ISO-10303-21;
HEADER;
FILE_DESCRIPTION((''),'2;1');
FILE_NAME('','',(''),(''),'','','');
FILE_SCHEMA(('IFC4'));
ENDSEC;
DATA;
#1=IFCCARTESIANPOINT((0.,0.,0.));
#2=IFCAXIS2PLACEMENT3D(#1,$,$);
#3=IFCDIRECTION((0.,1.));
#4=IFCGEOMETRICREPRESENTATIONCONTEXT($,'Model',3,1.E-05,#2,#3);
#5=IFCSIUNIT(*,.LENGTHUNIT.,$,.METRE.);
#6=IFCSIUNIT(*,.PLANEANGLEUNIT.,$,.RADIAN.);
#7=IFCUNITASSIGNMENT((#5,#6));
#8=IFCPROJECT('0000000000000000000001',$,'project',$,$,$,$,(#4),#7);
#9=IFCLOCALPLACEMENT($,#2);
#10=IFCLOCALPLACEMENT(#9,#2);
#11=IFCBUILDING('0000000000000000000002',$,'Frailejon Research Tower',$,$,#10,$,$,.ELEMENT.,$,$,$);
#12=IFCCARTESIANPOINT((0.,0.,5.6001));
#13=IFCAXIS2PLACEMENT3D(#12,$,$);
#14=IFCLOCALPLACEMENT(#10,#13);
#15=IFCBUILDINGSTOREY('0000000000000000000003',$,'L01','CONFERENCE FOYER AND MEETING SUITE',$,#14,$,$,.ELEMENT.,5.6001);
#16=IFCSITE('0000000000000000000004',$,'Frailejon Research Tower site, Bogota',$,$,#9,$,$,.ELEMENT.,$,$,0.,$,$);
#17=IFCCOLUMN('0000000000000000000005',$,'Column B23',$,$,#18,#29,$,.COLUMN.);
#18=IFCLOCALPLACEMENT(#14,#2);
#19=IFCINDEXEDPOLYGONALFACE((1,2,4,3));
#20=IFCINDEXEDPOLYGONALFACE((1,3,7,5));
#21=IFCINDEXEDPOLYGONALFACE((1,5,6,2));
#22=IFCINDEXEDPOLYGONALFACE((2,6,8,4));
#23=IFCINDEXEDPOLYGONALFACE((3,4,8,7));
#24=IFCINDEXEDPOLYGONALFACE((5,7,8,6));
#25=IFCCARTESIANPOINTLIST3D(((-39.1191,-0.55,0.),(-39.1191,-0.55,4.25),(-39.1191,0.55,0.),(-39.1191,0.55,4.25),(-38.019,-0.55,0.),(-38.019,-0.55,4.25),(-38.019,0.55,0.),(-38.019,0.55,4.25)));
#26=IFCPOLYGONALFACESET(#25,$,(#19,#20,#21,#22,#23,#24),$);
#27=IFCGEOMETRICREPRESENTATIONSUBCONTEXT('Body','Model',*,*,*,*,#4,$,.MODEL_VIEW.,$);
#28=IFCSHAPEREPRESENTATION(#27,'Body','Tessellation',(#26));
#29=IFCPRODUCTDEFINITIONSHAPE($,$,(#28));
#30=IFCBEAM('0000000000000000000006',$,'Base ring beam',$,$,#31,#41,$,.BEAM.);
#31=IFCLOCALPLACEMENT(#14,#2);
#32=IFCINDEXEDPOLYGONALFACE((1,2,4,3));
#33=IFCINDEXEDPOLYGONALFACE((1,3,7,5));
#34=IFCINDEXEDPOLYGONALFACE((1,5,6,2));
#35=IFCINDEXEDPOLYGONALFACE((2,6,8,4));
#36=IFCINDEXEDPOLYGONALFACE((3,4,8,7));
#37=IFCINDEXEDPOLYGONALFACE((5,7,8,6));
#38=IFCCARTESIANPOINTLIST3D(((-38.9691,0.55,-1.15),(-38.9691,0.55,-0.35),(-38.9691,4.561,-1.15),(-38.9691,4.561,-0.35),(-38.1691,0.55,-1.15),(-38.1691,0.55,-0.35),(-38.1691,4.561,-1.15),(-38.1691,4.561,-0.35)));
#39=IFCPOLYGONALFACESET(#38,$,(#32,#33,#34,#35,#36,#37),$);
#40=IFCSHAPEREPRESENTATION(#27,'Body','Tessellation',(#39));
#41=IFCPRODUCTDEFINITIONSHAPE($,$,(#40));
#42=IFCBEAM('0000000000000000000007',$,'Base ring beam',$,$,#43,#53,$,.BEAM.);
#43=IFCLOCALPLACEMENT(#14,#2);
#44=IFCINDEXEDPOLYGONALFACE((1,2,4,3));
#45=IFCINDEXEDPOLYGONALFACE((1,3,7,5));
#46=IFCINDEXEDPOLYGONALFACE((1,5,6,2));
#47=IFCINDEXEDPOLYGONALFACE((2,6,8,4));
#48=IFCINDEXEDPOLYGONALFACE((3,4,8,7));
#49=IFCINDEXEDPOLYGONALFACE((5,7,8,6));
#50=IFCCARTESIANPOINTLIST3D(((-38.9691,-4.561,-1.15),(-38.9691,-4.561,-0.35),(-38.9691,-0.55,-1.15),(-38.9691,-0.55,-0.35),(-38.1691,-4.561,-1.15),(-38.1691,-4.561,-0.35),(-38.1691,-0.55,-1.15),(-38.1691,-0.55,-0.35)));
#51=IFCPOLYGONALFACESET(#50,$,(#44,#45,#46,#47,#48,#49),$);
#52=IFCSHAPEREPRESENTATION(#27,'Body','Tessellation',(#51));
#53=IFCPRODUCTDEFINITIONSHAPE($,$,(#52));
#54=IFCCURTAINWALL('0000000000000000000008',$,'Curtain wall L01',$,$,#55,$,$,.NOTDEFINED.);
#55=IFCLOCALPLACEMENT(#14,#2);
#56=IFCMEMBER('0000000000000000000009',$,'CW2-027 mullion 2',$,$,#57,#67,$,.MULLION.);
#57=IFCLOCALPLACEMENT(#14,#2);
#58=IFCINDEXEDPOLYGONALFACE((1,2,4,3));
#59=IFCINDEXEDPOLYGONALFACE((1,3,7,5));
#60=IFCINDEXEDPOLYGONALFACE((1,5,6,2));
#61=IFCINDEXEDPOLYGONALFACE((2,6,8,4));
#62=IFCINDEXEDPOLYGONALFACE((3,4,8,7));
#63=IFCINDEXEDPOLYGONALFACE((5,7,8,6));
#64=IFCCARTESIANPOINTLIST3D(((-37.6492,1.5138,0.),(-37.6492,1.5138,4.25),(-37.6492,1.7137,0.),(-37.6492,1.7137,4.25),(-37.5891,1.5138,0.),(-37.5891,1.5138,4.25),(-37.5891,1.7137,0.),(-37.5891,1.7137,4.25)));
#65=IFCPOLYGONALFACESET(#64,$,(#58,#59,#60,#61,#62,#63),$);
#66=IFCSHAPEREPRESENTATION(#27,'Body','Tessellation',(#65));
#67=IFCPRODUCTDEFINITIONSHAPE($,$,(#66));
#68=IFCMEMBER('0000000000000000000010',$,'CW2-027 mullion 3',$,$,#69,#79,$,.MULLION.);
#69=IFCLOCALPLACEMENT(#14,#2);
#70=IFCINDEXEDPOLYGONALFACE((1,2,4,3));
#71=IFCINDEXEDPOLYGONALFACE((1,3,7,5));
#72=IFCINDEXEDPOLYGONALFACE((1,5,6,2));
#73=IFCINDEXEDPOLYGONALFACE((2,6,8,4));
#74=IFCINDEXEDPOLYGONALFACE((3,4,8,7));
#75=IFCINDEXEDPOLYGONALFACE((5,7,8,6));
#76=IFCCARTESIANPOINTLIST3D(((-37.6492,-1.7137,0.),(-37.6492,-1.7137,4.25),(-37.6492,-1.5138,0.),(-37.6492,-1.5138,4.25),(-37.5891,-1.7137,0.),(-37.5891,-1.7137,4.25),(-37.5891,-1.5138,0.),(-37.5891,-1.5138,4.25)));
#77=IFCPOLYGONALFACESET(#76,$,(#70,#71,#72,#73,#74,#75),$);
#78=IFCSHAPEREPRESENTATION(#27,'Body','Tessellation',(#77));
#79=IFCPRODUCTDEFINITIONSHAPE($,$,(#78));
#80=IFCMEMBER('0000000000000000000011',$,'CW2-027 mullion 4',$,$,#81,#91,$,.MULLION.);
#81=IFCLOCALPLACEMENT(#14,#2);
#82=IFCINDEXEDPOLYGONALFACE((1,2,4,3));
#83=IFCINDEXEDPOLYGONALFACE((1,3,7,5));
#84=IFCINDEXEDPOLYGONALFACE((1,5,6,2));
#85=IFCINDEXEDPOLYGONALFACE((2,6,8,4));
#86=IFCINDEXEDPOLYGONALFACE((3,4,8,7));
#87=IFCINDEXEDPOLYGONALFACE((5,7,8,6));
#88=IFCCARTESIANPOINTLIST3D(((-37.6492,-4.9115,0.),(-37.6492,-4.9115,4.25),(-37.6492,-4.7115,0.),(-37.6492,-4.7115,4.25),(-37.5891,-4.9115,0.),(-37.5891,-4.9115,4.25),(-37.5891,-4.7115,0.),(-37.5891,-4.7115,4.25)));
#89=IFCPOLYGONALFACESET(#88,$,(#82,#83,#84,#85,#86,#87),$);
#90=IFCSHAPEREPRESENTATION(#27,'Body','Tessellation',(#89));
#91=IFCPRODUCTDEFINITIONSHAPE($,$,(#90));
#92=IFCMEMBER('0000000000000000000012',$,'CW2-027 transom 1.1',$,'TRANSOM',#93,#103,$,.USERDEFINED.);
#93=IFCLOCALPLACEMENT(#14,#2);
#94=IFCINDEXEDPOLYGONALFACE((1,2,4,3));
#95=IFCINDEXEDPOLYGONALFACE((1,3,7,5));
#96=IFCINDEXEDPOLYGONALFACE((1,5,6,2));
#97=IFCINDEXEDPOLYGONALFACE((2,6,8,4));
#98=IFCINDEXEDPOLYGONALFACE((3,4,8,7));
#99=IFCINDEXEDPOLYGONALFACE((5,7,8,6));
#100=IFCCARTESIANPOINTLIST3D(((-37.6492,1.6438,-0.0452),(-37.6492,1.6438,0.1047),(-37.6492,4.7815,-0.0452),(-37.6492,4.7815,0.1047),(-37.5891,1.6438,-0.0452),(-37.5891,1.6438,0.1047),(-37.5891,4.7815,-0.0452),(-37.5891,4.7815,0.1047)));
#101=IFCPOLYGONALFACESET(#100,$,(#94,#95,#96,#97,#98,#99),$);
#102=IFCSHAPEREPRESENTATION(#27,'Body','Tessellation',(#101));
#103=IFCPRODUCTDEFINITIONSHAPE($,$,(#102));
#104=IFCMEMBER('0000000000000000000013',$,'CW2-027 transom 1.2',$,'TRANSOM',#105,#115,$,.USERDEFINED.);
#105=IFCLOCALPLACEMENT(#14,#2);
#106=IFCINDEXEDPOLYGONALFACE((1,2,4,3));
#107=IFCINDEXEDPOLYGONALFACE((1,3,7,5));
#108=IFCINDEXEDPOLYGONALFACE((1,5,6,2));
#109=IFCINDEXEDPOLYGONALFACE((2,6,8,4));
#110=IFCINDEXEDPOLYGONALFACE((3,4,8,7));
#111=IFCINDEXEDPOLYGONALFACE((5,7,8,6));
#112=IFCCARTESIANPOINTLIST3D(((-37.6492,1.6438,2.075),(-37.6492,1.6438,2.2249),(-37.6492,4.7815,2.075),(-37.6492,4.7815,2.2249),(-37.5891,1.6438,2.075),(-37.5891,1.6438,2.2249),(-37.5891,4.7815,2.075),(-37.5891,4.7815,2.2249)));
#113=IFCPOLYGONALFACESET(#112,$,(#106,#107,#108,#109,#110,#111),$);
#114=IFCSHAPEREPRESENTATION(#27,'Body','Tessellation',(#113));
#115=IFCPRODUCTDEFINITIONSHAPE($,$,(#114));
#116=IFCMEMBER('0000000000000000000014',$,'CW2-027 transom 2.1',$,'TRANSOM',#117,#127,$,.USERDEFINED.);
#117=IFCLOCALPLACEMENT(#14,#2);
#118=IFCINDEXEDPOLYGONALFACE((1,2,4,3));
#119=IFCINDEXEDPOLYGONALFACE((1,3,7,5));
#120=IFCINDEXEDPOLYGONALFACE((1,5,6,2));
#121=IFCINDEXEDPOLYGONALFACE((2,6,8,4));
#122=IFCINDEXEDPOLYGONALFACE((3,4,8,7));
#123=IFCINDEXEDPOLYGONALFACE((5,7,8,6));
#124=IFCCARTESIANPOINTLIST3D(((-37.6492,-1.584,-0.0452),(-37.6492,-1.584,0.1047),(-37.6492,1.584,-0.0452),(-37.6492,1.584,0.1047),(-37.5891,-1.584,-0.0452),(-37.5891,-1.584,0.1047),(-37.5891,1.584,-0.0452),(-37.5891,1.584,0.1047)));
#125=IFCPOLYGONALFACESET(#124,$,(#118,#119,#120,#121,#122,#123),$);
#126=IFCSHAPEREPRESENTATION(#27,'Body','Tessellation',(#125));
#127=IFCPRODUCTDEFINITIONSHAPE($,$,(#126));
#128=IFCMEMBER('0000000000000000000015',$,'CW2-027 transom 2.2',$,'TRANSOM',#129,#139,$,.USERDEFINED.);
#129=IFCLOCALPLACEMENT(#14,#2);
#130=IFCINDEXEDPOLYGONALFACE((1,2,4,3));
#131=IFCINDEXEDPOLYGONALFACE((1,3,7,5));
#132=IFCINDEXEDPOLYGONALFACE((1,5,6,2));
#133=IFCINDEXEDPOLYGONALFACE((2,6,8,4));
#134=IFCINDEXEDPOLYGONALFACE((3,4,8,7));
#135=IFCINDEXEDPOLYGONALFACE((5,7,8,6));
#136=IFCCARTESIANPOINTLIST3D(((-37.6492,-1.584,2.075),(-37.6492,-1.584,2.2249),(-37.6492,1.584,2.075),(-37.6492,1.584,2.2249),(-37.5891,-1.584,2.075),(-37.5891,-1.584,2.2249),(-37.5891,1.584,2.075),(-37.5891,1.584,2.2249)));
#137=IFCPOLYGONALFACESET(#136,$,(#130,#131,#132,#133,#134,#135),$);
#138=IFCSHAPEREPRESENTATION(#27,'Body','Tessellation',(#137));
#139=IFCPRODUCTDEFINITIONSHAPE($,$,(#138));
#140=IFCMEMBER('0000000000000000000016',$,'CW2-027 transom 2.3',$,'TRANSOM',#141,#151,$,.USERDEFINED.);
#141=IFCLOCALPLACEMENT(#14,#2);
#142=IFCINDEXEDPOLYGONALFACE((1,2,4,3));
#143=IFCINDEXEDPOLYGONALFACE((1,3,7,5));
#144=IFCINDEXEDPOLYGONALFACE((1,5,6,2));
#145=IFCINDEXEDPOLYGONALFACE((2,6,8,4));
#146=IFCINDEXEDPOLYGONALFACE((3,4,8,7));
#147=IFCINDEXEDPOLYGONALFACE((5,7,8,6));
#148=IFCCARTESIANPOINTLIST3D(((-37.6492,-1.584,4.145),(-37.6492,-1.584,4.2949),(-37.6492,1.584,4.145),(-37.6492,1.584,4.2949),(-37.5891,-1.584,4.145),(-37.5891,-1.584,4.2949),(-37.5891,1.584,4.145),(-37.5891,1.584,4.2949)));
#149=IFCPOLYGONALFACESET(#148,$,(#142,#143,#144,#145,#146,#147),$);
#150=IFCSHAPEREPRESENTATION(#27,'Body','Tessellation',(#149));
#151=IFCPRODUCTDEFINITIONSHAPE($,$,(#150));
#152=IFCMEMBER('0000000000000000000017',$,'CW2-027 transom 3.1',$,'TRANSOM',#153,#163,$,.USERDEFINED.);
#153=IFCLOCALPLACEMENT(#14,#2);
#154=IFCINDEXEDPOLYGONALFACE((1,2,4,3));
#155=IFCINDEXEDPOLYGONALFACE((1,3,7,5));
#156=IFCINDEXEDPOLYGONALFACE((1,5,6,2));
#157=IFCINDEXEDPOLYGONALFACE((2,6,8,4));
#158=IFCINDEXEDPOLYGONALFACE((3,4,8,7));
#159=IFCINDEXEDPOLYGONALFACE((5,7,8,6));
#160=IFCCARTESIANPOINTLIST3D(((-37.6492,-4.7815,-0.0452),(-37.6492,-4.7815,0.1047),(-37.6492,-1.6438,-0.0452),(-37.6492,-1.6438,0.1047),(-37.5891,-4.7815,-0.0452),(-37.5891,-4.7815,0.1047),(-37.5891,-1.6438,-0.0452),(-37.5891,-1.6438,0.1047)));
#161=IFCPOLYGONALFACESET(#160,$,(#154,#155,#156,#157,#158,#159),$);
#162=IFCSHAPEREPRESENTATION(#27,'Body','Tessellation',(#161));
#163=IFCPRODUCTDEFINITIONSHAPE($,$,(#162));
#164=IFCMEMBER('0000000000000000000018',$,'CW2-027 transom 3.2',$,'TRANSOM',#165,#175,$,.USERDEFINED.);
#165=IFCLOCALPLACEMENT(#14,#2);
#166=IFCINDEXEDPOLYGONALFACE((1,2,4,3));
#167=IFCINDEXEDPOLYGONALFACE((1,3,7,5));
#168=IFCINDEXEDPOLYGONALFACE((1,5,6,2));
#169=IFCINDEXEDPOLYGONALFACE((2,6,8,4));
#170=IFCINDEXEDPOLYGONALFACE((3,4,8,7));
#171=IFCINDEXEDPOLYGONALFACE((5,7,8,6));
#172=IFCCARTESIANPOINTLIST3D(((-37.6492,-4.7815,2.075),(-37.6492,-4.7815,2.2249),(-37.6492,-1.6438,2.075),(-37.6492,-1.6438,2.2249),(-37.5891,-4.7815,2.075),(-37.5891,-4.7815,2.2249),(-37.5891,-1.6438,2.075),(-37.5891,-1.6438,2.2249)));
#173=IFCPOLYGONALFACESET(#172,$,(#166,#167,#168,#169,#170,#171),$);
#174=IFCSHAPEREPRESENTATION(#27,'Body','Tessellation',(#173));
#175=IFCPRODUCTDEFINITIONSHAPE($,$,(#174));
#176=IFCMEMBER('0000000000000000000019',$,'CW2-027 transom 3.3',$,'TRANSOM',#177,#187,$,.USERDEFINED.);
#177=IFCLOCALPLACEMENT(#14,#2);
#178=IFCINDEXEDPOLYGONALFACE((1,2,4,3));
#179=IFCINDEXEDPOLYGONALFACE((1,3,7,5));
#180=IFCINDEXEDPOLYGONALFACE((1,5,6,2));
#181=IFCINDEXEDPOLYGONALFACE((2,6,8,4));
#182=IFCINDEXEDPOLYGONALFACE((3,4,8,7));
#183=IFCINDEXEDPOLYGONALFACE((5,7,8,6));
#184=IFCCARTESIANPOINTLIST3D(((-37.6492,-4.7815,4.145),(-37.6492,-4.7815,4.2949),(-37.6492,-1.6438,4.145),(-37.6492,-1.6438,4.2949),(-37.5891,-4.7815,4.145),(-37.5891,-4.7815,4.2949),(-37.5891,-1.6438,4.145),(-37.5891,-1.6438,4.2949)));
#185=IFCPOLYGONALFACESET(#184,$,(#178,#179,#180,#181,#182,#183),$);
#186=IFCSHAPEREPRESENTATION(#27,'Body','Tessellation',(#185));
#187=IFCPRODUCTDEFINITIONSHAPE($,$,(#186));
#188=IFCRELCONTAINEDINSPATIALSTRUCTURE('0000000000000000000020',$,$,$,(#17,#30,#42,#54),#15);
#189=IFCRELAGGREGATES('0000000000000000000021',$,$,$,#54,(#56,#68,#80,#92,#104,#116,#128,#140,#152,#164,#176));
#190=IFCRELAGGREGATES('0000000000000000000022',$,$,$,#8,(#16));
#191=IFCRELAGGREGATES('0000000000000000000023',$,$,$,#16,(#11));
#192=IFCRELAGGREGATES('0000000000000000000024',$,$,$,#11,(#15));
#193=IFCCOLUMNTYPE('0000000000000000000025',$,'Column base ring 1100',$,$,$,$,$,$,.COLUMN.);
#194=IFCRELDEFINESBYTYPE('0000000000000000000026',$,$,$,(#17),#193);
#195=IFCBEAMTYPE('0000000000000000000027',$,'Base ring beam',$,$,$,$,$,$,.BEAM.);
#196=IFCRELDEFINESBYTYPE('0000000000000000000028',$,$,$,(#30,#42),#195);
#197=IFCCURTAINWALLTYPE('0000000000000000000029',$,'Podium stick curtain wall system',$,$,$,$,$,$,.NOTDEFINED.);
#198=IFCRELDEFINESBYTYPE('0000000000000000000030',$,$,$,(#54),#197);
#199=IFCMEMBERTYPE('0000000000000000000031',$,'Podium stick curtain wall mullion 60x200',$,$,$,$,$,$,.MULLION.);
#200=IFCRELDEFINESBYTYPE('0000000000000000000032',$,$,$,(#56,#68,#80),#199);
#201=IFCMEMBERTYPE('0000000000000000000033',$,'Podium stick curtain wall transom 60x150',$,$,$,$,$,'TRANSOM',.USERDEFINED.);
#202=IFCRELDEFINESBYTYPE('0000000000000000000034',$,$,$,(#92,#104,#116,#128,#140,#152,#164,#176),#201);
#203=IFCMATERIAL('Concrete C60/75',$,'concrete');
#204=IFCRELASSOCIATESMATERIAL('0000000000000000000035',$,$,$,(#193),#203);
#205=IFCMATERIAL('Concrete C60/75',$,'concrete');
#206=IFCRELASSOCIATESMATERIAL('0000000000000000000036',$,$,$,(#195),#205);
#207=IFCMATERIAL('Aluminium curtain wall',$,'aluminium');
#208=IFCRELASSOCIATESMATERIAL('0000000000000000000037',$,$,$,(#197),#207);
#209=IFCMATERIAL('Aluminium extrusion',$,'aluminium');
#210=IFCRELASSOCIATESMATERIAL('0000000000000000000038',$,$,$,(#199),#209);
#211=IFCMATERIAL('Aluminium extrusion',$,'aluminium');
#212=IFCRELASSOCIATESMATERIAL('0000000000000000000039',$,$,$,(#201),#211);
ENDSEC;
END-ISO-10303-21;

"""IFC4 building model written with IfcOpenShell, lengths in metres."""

from ifc_helpers import new_model, si_unit, direction, frame, origin, origin_2d, place, context, subcontext, project, spatial, rectangle, extrude, material, material_profile, profile_set, type_object, element, aggregate, save


model = new_model("IFC4")

# Units and contexts
model_context = context("Model", 3, precision=1e-05, world=origin(), true_north=direction((0.0, 1.0)))
body_context = subcontext(model_context, "Body", "Model", "MODEL_VIEW")
ifc_project = project(units=[si_unit("LENGTHUNIT", "METRE"), si_unit("PLANEANGLEUNIT", "RADIAN")], contexts=[model_context])

# Site, building, storey
site_placement = place(None, origin())
site = spatial("IfcSite", under=ifc_project, at=site_placement, Name="Frailejon Research Tower site, Bogota", CompositionType="ELEMENT", RefElevation=0.0)
building_placement = place(site_placement, origin())
building = spatial("IfcBuilding", under=site, at=building_placement, Name="Frailejon Research Tower", CompositionType="ELEMENT")
storey_placement = place(building_placement, frame((0.0, 0.0, 5.6001)))
storey = spatial("IfcBuildingStorey", under=building, at=storey_placement, Name="L01", Description="CONFERENCE FOYER AND MEETING SUITE", CompositionType="ELEMENT", Elevation=5.6001)

# Column
ifc_material_1 = material(Name="Concrete C60/75", Category="concrete")
ifc_material_profile_1 = material_profile(ifc_material_1, rectangle(XDim=1.1001, YDim=1.1001, at=origin_2d()), Name="Column base ring 1100")
ifc_profile_set_1 = profile_set([ifc_material_profile_1], Name="Concrete C60/75")
column_type = type_object("IfcColumnType", Name="Column base ring 1100", PredefinedType="COLUMN", material=ifc_profile_set_1)
column_placement = place(storey_placement, frame((-38.5691, 0.0, 0.0), z_axis=(0.0, 0.0, 1.0), x_axis=(0.0, -1.0, 0.0)))
element("IfcColumn", 1, at=column_placement, inside=storey, type_object=column_type, Name="Column B23", PredefinedType="COLUMN", context=body_context, shape_type="SweptSolid", body=[
    extrude(rectangle(XDim=1.1001, YDim=1.1001, at=origin_2d()), origin(), (0.0, 0.0, 1.0), 4.25),
])

# Beams
ifc_material_2 = material(Name="Concrete C60/75", Category="concrete")
ifc_material_profile_2 = material_profile(ifc_material_2, rectangle(XDim=0.8, YDim=0.8, at=origin_2d()), Name="Base ring beam")
ifc_profile_set_2 = profile_set([ifc_material_profile_2], Name="Concrete C60/75")
beam_type = type_object("IfcBeamType", Name="Base ring beam", PredefinedType="BEAM", material=ifc_profile_set_2)
for number, where, z_axis, x_axis, name in (
    (2, (-38.5691, 4.561, -0.75), (0.0, -1.0, 0.0), (1.0, 0.0, 0.0), "Base ring beam"),
    (3, (-38.5691, -0.55, -0.75), (0.0, -1.0, 0.0), (1.0, 0.0, 0.0), "Base ring beam"),
):
    element("IfcBeam", number, at=place(storey_placement, frame(where, z_axis=z_axis, x_axis=x_axis)), inside=storey, type_object=beam_type, Name=name, PredefinedType="BEAM", context=body_context, shape_type="SweptSolid", body=[
        extrude(rectangle(XDim=0.8, YDim=0.8, at=origin_2d()), origin(), (0.0, 0.0, 1.0), 4.011),
    ])

# Curtain wall, members
ifc_material_3 = material(Name="Aluminium curtain wall", Category="aluminium")
curtain_wall_type = type_object("IfcCurtainWallType", Name="Podium stick curtain wall system", PredefinedType="NOTDEFINED", material=ifc_material_3)
curtain_wall_placement = place(storey_placement, origin())
curtain_wall = element("IfcCurtainWall", 4, at=curtain_wall_placement, inside=storey, type_object=curtain_wall_type, Name="Curtain wall L01", PredefinedType="NOTDEFINED")
ifc_material_4 = material(Name="Aluminium extrusion", Category="aluminium")
ifc_material_profile_3 = material_profile(ifc_material_4, rectangle(XDim=0.0601, YDim=0.2, at=origin_2d()), Name="Podium stick curtain wall mullion 60x200")
ifc_profile_set_3 = profile_set([ifc_material_profile_3], Name="Aluminium extrusion")
member_type_1 = type_object("IfcMemberType", Name="Podium stick curtain wall mullion 60x200", PredefinedType="MULLION", material=ifc_profile_set_3)
member_1_placement = place(storey_placement, frame((-37.6191, 1.6138, 0.0), z_axis=(0.0, 0.0, 1.0), x_axis=(1.0, 0.0, 0.0)))
member_1 = element("IfcMember", 5, at=member_1_placement, type_object=member_type_1, Name="CW2-027 mullion 2", PredefinedType="MULLION", context=body_context, shape_type="SweptSolid", body=[
    extrude(rectangle(XDim=0.0601, YDim=0.2, at=origin_2d()), origin(), (0.0, 0.0, 1.0), 4.25),
])
member_2_placement = place(storey_placement, frame((-37.6191, -1.6138, 0.0), z_axis=(0.0, 0.0, 1.0), x_axis=(1.0, 0.0, 0.0)))
member_2 = element("IfcMember", 6, at=member_2_placement, type_object=member_type_1, Name="CW2-027 mullion 3", PredefinedType="MULLION", context=body_context, shape_type="SweptSolid", body=[
    extrude(rectangle(XDim=0.0601, YDim=0.2, at=origin_2d()), origin(), (0.0, 0.0, 1.0), 4.25),
])
member_3_placement = place(storey_placement, frame((-37.6191, -4.8115, 0.0), z_axis=(0.0, 0.0, 1.0), x_axis=(1.0, 0.0, 0.0)))
member_3 = element("IfcMember", 7, at=member_3_placement, type_object=member_type_1, Name="CW2-027 mullion 4", PredefinedType="MULLION", context=body_context, shape_type="SweptSolid", body=[
    extrude(rectangle(XDim=0.0601, YDim=0.2, at=origin_2d()), origin(), (0.0, 0.0, 1.0), 4.25),
])
ifc_material_5 = material(Name="Aluminium extrusion", Category="aluminium")
ifc_material_profile_4 = material_profile(ifc_material_5, rectangle(XDim=0.0601, YDim=0.1499, at=origin_2d()), Name="Podium stick curtain wall transom 60x150")
ifc_profile_set_4 = profile_set([ifc_material_profile_4], Name="Aluminium extrusion")
member_type_2 = type_object("IfcMemberType", Name="Podium stick curtain wall transom 60x150", ElementType="TRANSOM", PredefinedType="USERDEFINED", material=ifc_profile_set_4)
member_4_placement = place(storey_placement, frame((-37.6191, 4.7815, 0.0298), z_axis=(0.0, -1.0, 0.0), x_axis=(1.0, 0.0, 0.0)))
member_4 = element("IfcMember", 8, at=member_4_placement, type_object=member_type_2, Name="CW2-027 transom 1.1", ObjectType="TRANSOM", PredefinedType="USERDEFINED", context=body_context, shape_type="SweptSolid", body=[
    extrude(rectangle(XDim=0.0601, YDim=0.1499, at=origin_2d()), origin(), (0.0, 0.0, 1.0), 3.1377),
])
member_5_placement = place(storey_placement, frame((-37.6191, 4.7815, 2.1499), z_axis=(0.0, -1.0, 0.0), x_axis=(1.0, 0.0, 0.0)))
member_5 = element("IfcMember", 9, at=member_5_placement, type_object=member_type_2, Name="CW2-027 transom 1.2", ObjectType="TRANSOM", PredefinedType="USERDEFINED", context=body_context, shape_type="SweptSolid", body=[
    extrude(rectangle(XDim=0.0601, YDim=0.1499, at=origin_2d()), origin(), (0.0, 0.0, 1.0), 3.1377),
])
member_6_placement = place(storey_placement, frame((-37.6191, 1.584, 0.0298), z_axis=(0.0, -1.0, 0.0), x_axis=(1.0, 0.0, 0.0)))
member_6 = element("IfcMember", 10, at=member_6_placement, type_object=member_type_2, Name="CW2-027 transom 2.1", ObjectType="TRANSOM", PredefinedType="USERDEFINED", context=body_context, shape_type="SweptSolid", body=[
    extrude(rectangle(XDim=0.0601, YDim=0.1499, at=origin_2d()), origin(), (0.0, 0.0, 1.0), 3.168),
])
member_7_placement = place(storey_placement, frame((-37.6191, 1.584, 2.1499), z_axis=(0.0, -1.0, 0.0), x_axis=(1.0, 0.0, 0.0)))
member_7 = element("IfcMember", 11, at=member_7_placement, type_object=member_type_2, Name="CW2-027 transom 2.2", ObjectType="TRANSOM", PredefinedType="USERDEFINED", context=body_context, shape_type="SweptSolid", body=[
    extrude(rectangle(XDim=0.0601, YDim=0.1499, at=origin_2d()), origin(), (0.0, 0.0, 1.0), 3.168),
])
member_8_placement = place(storey_placement, frame((-37.6191, 1.584, 4.22), z_axis=(0.0, -1.0, 0.0), x_axis=(1.0, 0.0, 0.0)))
member_8 = element("IfcMember", 12, at=member_8_placement, type_object=member_type_2, Name="CW2-027 transom 2.3", ObjectType="TRANSOM", PredefinedType="USERDEFINED", context=body_context, shape_type="SweptSolid", body=[
    extrude(rectangle(XDim=0.0601, YDim=0.1499, at=origin_2d()), origin(), (0.0, 0.0, 1.0), 3.168),
])
member_9_placement = place(storey_placement, frame((-37.6191, -1.6438, 0.0298), z_axis=(0.0, -1.0, 0.0), x_axis=(1.0, 0.0, 0.0)))
member_9 = element("IfcMember", 13, at=member_9_placement, type_object=member_type_2, Name="CW2-027 transom 3.1", ObjectType="TRANSOM", PredefinedType="USERDEFINED", context=body_context, shape_type="SweptSolid", body=[
    extrude(rectangle(XDim=0.0601, YDim=0.1499, at=origin_2d()), origin(), (0.0, 0.0, 1.0), 3.1377),
])
member_10_placement = place(storey_placement, frame((-37.6191, -1.6438, 2.1499), z_axis=(0.0, -1.0, 0.0), x_axis=(1.0, 0.0, 0.0)))
member_10 = element("IfcMember", 14, at=member_10_placement, type_object=member_type_2, Name="CW2-027 transom 3.2", ObjectType="TRANSOM", PredefinedType="USERDEFINED", context=body_context, shape_type="SweptSolid", body=[
    extrude(rectangle(XDim=0.0601, YDim=0.1499, at=origin_2d()), origin(), (0.0, 0.0, 1.0), 3.1377),
])
member_11_placement = place(storey_placement, frame((-37.6191, -1.6438, 4.22), z_axis=(0.0, -1.0, 0.0), x_axis=(1.0, 0.0, 0.0)))
member_11 = element("IfcMember", 15, at=member_11_placement, type_object=member_type_2, Name="CW2-027 transom 3.3", ObjectType="TRANSOM", PredefinedType="USERDEFINED", context=body_context, shape_type="SweptSolid", body=[
    extrude(rectangle(XDim=0.0601, YDim=0.1499, at=origin_2d()), origin(), (0.0, 0.0, 1.0), 3.1377),
])
aggregate(curtain_wall, [member_1, member_2, member_3, member_4, member_5, member_6, member_7, member_8, member_9, member_10, member_11])

save(model, "model.ifc")
